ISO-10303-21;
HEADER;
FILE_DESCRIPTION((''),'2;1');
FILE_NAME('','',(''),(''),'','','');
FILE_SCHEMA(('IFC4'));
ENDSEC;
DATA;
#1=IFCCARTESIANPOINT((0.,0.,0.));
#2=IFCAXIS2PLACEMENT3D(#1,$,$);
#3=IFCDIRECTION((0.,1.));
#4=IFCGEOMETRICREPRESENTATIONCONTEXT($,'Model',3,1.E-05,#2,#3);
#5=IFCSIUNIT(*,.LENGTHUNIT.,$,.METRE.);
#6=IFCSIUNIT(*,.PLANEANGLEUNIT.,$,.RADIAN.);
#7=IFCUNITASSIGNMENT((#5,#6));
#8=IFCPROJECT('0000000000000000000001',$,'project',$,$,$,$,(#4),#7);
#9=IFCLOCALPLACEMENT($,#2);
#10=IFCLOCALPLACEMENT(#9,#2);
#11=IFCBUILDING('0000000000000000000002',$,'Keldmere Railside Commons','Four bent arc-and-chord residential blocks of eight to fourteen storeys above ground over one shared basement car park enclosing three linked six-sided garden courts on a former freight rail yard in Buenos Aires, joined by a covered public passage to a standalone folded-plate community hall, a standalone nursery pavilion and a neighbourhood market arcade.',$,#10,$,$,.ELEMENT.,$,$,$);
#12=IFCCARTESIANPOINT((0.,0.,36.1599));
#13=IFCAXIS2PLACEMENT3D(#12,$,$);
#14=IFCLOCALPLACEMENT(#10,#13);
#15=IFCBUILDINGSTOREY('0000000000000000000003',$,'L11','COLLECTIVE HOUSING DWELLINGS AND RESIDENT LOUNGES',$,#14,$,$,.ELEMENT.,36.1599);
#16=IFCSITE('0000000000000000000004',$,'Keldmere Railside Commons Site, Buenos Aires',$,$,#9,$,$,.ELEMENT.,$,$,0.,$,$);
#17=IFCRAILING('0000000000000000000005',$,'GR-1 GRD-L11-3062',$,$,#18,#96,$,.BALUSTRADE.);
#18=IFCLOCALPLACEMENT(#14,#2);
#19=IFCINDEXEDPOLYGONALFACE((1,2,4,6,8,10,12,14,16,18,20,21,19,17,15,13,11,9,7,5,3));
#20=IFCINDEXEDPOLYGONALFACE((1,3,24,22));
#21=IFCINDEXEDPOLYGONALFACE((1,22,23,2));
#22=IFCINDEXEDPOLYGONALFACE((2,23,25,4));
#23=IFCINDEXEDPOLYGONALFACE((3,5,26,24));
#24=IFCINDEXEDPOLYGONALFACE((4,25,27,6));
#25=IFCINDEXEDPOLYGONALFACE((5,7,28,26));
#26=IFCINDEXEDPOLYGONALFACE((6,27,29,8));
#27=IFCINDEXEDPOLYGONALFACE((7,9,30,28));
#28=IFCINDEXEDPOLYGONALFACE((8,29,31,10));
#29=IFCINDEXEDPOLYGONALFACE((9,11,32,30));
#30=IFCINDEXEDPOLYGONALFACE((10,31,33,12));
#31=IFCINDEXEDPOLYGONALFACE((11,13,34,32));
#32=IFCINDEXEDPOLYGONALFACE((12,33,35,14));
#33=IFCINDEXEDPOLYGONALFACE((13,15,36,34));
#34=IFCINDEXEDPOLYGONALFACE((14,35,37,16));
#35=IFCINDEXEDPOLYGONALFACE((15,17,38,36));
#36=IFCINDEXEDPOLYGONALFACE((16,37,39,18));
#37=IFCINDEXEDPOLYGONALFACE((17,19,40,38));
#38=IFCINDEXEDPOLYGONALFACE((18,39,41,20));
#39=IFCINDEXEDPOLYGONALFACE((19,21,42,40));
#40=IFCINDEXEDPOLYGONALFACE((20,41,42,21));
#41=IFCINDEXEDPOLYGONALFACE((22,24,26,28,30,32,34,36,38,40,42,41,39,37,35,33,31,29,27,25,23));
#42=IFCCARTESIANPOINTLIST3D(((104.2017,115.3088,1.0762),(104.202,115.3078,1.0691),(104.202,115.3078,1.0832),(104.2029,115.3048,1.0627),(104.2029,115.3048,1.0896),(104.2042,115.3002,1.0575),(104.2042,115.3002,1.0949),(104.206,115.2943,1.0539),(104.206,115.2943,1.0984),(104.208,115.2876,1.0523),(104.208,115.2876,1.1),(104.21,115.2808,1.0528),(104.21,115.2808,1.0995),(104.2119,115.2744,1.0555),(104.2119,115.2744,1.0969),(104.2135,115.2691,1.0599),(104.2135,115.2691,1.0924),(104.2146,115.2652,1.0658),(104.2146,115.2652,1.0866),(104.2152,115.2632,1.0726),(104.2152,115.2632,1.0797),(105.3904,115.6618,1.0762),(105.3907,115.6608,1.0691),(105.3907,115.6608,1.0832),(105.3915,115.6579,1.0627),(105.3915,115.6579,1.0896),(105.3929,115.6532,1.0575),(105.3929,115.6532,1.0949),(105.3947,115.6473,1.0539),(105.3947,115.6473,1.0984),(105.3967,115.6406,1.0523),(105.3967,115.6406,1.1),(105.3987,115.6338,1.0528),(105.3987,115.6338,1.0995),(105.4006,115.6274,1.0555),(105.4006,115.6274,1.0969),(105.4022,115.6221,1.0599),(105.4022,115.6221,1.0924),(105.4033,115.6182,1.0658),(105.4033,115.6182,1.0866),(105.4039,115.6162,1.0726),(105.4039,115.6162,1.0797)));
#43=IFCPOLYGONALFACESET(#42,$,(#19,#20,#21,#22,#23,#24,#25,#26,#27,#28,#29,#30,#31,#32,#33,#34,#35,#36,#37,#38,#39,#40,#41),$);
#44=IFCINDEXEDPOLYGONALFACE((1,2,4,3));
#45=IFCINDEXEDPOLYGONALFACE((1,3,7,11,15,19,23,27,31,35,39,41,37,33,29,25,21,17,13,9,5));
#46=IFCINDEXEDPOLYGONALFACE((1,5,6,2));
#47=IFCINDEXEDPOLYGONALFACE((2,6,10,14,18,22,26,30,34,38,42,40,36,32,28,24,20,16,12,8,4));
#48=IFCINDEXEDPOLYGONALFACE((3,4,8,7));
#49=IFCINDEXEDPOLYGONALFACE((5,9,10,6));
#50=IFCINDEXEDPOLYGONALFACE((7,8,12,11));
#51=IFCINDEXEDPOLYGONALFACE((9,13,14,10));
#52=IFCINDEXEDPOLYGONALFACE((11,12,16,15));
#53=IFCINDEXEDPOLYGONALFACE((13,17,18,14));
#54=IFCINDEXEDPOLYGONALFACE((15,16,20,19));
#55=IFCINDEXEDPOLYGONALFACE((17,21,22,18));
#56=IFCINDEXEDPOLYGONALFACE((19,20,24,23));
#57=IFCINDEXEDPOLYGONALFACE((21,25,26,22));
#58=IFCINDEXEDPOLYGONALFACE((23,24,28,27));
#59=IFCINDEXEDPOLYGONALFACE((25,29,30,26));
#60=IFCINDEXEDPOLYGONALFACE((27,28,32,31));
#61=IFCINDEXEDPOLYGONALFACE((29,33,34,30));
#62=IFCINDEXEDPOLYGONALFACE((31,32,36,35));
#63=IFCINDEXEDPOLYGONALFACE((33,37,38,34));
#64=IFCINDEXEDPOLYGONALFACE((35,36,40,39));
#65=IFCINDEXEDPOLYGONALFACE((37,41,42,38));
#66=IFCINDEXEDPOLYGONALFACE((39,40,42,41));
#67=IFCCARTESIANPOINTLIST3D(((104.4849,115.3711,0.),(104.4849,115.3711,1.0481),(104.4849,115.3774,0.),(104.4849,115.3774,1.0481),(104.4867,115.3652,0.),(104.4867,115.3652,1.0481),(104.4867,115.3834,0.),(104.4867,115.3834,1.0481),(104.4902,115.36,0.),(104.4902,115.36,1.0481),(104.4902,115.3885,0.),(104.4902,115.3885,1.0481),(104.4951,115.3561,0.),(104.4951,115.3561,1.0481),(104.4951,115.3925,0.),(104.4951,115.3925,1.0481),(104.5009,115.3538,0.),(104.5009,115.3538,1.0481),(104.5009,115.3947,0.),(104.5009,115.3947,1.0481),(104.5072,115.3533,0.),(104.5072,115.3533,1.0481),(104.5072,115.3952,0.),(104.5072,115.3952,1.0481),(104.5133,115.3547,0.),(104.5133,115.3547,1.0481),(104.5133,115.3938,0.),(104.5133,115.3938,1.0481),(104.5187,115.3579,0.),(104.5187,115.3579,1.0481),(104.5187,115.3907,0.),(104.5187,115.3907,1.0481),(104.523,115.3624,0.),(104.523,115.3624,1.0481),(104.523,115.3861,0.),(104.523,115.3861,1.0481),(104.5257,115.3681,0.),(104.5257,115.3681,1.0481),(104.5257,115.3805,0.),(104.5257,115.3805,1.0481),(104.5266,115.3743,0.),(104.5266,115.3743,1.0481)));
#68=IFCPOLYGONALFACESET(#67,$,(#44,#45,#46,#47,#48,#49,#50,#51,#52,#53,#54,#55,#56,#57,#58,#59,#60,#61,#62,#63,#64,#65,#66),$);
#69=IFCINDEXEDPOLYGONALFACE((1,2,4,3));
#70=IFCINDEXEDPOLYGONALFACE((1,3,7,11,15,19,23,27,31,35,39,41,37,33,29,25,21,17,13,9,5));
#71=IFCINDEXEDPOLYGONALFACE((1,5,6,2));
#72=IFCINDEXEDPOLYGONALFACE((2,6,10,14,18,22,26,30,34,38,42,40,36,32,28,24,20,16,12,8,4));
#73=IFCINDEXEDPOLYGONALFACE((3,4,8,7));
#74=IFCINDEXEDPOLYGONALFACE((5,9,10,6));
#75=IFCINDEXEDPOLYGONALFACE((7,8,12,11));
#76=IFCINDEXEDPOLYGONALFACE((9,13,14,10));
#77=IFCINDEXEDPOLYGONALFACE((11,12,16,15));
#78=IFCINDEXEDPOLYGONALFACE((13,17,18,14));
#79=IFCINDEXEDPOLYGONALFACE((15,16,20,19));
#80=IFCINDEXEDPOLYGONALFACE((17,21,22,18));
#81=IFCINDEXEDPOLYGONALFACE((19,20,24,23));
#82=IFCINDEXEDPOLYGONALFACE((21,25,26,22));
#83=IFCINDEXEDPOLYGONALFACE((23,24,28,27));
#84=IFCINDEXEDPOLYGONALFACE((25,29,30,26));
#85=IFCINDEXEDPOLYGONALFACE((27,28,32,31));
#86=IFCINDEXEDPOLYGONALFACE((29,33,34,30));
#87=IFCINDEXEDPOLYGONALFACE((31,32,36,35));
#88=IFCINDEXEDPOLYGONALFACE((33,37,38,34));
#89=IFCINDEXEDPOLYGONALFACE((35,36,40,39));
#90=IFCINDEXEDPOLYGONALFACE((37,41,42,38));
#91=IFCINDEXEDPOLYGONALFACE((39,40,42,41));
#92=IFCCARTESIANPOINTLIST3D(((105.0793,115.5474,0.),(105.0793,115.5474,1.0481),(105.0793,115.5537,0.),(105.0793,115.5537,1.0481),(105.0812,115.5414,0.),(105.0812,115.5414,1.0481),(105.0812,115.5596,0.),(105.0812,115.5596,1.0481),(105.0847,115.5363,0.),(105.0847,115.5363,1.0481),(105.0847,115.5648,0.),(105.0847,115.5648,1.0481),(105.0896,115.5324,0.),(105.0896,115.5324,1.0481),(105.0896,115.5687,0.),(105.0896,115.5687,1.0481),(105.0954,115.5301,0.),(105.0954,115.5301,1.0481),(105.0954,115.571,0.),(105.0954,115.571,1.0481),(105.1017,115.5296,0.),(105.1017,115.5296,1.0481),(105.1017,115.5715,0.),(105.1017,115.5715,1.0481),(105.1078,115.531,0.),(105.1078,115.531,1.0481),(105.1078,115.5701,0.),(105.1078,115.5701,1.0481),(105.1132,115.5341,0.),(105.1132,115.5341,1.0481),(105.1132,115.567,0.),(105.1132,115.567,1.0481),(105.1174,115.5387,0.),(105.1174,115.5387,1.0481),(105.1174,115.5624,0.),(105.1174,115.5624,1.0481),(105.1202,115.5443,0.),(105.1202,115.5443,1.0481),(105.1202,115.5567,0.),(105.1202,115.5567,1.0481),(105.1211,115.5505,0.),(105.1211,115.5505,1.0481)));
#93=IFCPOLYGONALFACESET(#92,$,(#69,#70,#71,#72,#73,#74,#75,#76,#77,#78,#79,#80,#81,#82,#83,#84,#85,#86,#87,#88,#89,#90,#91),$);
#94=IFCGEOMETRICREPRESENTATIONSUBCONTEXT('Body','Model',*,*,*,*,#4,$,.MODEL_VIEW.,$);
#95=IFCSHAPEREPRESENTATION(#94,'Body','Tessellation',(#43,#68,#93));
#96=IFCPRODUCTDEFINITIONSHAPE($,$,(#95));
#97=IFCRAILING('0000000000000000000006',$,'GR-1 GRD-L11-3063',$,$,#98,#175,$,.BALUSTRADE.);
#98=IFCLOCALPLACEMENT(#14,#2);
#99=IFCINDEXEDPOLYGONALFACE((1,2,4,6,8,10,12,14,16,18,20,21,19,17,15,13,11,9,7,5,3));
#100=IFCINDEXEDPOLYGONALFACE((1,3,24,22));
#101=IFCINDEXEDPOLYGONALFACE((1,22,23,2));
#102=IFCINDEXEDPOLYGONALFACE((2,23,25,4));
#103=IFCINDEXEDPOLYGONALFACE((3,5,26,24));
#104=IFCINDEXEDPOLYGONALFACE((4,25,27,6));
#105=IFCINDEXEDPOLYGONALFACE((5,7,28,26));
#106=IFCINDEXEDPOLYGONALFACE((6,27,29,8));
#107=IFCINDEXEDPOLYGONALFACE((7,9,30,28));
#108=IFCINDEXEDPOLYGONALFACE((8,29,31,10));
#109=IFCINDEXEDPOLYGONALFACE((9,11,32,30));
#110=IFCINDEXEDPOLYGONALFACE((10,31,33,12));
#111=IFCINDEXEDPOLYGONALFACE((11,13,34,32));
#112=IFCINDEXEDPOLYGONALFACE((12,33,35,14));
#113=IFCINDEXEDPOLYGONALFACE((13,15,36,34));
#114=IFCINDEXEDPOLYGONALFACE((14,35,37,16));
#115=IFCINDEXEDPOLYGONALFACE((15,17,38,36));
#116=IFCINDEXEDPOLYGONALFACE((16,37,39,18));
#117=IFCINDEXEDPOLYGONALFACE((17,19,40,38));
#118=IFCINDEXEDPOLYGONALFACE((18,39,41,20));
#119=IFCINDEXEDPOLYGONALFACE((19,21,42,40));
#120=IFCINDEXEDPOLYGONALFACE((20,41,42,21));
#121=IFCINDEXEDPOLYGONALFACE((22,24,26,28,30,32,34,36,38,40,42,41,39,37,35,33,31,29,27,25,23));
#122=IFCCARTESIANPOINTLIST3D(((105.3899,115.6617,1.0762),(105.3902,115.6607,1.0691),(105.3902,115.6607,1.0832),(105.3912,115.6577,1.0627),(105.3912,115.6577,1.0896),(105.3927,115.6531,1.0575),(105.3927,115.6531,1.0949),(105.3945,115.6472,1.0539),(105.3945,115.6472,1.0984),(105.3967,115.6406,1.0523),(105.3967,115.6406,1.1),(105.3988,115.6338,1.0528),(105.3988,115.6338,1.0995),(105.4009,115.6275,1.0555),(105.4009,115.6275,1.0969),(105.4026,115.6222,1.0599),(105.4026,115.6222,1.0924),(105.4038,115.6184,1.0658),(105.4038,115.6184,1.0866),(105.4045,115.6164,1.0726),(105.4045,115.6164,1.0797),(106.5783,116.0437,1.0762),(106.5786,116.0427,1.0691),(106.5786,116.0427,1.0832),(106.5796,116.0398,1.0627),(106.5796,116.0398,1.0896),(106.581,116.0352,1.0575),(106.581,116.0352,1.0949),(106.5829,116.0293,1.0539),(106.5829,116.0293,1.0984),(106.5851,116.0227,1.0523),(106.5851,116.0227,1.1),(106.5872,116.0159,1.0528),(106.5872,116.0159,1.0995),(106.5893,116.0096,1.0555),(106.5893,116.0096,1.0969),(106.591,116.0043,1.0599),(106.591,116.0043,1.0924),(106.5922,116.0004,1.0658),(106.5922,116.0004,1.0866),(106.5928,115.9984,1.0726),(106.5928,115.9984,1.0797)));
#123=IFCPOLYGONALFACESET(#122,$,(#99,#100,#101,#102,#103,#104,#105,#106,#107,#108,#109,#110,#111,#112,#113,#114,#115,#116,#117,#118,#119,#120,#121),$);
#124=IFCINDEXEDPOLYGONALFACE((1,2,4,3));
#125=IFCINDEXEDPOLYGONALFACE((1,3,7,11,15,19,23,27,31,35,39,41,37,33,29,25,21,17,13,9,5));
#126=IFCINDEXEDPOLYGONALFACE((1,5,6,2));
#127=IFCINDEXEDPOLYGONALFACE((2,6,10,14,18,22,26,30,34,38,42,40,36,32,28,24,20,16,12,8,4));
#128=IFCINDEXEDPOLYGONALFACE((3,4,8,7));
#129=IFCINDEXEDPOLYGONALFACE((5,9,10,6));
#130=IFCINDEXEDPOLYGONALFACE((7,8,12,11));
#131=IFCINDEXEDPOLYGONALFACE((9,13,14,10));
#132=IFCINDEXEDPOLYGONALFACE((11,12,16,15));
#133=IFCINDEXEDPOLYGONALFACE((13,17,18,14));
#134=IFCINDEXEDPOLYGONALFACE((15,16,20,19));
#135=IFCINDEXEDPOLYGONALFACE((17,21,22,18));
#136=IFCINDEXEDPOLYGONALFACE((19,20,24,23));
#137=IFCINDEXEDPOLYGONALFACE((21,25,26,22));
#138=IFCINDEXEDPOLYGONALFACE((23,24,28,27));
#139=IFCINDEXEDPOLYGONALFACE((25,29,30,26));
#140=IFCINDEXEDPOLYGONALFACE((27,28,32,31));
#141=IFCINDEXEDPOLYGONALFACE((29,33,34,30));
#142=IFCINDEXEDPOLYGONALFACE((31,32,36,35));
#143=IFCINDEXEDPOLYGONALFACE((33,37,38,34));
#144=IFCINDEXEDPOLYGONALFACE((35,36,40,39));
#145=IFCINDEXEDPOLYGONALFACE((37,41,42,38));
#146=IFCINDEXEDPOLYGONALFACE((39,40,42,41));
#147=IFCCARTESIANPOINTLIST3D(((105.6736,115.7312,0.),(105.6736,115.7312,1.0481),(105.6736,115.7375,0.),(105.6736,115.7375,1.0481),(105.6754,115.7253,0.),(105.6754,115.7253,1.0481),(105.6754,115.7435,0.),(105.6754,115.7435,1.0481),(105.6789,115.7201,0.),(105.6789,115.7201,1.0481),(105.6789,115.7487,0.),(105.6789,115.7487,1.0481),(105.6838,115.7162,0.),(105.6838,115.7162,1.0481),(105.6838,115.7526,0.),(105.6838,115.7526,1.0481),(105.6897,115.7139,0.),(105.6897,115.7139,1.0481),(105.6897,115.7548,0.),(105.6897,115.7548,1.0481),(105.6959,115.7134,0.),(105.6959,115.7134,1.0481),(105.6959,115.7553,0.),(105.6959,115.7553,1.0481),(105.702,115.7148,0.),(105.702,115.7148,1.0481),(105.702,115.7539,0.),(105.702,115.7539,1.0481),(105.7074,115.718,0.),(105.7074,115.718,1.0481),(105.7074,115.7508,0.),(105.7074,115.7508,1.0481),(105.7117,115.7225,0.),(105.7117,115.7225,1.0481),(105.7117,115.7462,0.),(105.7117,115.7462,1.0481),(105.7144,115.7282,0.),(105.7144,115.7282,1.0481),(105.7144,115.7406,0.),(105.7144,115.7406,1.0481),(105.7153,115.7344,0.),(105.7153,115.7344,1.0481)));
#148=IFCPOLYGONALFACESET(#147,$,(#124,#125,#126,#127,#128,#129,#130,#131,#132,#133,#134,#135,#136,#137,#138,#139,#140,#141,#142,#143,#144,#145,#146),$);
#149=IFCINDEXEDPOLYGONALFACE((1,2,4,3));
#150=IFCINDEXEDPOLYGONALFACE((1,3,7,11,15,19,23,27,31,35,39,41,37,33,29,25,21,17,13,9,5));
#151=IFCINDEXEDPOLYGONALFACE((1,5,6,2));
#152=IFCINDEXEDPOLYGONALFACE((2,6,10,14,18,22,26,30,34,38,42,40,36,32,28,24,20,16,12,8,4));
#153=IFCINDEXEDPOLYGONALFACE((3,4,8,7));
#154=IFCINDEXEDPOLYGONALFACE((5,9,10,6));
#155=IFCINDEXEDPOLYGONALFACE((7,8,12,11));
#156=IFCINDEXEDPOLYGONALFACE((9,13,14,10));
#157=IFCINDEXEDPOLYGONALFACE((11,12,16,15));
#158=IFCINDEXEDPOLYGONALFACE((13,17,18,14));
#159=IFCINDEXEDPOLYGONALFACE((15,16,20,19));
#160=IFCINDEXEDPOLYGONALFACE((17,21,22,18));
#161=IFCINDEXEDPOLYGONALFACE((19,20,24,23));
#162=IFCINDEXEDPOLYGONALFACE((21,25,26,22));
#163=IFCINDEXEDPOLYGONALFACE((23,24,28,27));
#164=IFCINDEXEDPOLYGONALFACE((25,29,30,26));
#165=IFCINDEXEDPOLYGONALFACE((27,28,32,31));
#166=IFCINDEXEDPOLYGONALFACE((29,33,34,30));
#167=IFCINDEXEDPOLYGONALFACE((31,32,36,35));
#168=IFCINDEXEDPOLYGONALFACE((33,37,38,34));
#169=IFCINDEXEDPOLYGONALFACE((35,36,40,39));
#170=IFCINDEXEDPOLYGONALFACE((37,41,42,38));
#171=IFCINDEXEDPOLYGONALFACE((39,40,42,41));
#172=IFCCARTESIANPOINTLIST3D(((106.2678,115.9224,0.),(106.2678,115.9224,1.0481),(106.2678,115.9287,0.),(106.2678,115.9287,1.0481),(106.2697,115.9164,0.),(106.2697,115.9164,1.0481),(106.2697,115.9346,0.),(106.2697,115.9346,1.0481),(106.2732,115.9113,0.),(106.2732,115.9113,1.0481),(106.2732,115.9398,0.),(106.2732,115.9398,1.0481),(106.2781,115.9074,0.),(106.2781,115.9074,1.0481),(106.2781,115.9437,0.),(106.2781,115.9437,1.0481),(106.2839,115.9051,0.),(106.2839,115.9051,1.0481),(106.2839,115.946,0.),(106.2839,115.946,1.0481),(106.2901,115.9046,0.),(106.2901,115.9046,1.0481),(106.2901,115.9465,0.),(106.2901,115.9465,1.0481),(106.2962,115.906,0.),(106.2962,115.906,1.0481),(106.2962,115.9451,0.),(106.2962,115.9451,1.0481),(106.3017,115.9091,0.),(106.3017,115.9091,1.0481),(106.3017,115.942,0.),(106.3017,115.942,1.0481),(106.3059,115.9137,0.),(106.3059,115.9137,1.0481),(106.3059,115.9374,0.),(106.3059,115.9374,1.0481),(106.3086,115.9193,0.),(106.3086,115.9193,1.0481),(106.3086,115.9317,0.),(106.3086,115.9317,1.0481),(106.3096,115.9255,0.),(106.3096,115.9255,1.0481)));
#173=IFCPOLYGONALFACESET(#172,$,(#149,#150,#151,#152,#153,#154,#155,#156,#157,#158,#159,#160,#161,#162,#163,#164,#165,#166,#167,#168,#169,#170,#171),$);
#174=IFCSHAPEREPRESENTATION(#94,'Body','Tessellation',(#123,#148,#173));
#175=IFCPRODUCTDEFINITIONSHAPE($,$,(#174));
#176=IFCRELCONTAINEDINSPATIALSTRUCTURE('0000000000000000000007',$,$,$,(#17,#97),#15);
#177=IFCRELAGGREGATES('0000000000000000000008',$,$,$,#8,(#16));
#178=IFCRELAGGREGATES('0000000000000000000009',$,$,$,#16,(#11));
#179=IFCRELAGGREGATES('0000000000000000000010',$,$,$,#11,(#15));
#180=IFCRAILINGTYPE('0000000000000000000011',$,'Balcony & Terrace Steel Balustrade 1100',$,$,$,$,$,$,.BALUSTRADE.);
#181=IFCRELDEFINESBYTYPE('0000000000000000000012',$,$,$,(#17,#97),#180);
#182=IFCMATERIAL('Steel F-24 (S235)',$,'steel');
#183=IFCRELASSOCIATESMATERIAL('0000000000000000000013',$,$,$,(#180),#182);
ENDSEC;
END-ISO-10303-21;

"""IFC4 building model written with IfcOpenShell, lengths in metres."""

from ifc_helpers import new_model, si_unit, direction, frame, origin, origin_2d, place, context, subcontext, project, spatial, circle, extrude, material, type_object, element, save


model = new_model("IFC4")

# Units and contexts
model_context = context("Model", 3, precision=1e-05, world=origin(), true_north=direction((0.0, 1.0)))
body_context = subcontext(model_context, "Body", "Model", "MODEL_VIEW")
ifc_project = project(units=[si_unit("LENGTHUNIT", "METRE"), si_unit("PLANEANGLEUNIT", "RADIAN")], contexts=[model_context])

# Site, building, storey
site_placement = place(None, origin())
site = spatial("IfcSite", under=ifc_project, at=site_placement, Name="Keldmere Railside Commons Site, Buenos Aires", CompositionType="ELEMENT", RefElevation=0.0)
building_placement = place(site_placement, origin())
building = spatial("IfcBuilding", under=site, at=building_placement, Name="Keldmere Railside Commons", Description="Four bent arc-and-chord residential blocks of eight to fourteen storeys above ground over one shared basement car park enclosing three linked six-sided garden courts on a former freight rail yard in Buenos Aires, joined by a covered public passage to a standalone folded-plate community hall, a standalone nursery pavilion and a neighbourhood market arcade.", CompositionType="ELEMENT")
storey_placement = place(building_placement, frame((0.0, 0.0, 36.1599)))
storey = spatial("IfcBuildingStorey", under=building, at=storey_placement, Name="L11", Description="COLLECTIVE HOUSING DWELLINGS AND RESIDENT LOUNGES", CompositionType="ELEMENT", Elevation=36.1599)

# Railings
ifc_material_1 = material(Name="Steel F-24 (S235)", Category="steel")
railing_type = type_object("IfcRailingType", Name="Balcony & Terrace Steel Balustrade 1100", PredefinedType="BALUSTRADE", material=ifc_material_1)
railing_1_placement = place(storey_placement, frame((104.2085, 115.2859, 0.0)))
element("IfcRailing", 1, at=railing_1_placement, inside=storey, type_object=railing_type, Name="GR-1 GRD-L11-3062", PredefinedType="BALUSTRADE", context=body_context, shape_type="SweptSolid", body=[
    extrude(circle(Radius=0.0239, at=origin_2d()), frame((0.0, 0.0, 1.0762), z_axis=(0.958619, 0.284692, 0.0), x_axis=(-0.284692, 0.958619, 0.0)), (0.0, 0.0, 1.0), 1.24),
    extrude(circle(Radius=0.021, at=origin_2d()), frame((0.2971, 0.0884, 0.0)), (0.0, 0.0, 1.0), 1.0481),
    extrude(circle(Radius=0.021, at=origin_2d()), frame((0.8916, 0.2646, 0.0)), (0.0, 0.0, 1.0), 1.0481),
])
railing_2_placement = place(storey_placement, frame((105.3972, 115.6389, 0.0)))
element("IfcRailing", 2, at=railing_2_placement, inside=storey, type_object=railing_type, Name="GR-1 GRD-L11-3063", PredefinedType="BALUSTRADE", context=body_context, shape_type="SweptSolid", body=[
    extrude(circle(Radius=0.0239, at=origin_2d()), frame((0.0, 0.0, 1.0762), z_axis=(0.952012, 0.30606, 0.0), x_axis=(-0.30606, 0.952012, 0.0)), (0.0, 0.0, 1.0), 1.2483),
    extrude(circle(Radius=0.021, at=origin_2d()), frame((0.2971, 0.0955, 0.0)), (0.0, 0.0, 1.0), 1.0481),
    extrude(circle(Radius=0.021, at=origin_2d()), frame((0.8914, 0.2866, 0.0)), (0.0, 0.0, 1.0), 1.0481),
])

save(model, "model.ifc")
